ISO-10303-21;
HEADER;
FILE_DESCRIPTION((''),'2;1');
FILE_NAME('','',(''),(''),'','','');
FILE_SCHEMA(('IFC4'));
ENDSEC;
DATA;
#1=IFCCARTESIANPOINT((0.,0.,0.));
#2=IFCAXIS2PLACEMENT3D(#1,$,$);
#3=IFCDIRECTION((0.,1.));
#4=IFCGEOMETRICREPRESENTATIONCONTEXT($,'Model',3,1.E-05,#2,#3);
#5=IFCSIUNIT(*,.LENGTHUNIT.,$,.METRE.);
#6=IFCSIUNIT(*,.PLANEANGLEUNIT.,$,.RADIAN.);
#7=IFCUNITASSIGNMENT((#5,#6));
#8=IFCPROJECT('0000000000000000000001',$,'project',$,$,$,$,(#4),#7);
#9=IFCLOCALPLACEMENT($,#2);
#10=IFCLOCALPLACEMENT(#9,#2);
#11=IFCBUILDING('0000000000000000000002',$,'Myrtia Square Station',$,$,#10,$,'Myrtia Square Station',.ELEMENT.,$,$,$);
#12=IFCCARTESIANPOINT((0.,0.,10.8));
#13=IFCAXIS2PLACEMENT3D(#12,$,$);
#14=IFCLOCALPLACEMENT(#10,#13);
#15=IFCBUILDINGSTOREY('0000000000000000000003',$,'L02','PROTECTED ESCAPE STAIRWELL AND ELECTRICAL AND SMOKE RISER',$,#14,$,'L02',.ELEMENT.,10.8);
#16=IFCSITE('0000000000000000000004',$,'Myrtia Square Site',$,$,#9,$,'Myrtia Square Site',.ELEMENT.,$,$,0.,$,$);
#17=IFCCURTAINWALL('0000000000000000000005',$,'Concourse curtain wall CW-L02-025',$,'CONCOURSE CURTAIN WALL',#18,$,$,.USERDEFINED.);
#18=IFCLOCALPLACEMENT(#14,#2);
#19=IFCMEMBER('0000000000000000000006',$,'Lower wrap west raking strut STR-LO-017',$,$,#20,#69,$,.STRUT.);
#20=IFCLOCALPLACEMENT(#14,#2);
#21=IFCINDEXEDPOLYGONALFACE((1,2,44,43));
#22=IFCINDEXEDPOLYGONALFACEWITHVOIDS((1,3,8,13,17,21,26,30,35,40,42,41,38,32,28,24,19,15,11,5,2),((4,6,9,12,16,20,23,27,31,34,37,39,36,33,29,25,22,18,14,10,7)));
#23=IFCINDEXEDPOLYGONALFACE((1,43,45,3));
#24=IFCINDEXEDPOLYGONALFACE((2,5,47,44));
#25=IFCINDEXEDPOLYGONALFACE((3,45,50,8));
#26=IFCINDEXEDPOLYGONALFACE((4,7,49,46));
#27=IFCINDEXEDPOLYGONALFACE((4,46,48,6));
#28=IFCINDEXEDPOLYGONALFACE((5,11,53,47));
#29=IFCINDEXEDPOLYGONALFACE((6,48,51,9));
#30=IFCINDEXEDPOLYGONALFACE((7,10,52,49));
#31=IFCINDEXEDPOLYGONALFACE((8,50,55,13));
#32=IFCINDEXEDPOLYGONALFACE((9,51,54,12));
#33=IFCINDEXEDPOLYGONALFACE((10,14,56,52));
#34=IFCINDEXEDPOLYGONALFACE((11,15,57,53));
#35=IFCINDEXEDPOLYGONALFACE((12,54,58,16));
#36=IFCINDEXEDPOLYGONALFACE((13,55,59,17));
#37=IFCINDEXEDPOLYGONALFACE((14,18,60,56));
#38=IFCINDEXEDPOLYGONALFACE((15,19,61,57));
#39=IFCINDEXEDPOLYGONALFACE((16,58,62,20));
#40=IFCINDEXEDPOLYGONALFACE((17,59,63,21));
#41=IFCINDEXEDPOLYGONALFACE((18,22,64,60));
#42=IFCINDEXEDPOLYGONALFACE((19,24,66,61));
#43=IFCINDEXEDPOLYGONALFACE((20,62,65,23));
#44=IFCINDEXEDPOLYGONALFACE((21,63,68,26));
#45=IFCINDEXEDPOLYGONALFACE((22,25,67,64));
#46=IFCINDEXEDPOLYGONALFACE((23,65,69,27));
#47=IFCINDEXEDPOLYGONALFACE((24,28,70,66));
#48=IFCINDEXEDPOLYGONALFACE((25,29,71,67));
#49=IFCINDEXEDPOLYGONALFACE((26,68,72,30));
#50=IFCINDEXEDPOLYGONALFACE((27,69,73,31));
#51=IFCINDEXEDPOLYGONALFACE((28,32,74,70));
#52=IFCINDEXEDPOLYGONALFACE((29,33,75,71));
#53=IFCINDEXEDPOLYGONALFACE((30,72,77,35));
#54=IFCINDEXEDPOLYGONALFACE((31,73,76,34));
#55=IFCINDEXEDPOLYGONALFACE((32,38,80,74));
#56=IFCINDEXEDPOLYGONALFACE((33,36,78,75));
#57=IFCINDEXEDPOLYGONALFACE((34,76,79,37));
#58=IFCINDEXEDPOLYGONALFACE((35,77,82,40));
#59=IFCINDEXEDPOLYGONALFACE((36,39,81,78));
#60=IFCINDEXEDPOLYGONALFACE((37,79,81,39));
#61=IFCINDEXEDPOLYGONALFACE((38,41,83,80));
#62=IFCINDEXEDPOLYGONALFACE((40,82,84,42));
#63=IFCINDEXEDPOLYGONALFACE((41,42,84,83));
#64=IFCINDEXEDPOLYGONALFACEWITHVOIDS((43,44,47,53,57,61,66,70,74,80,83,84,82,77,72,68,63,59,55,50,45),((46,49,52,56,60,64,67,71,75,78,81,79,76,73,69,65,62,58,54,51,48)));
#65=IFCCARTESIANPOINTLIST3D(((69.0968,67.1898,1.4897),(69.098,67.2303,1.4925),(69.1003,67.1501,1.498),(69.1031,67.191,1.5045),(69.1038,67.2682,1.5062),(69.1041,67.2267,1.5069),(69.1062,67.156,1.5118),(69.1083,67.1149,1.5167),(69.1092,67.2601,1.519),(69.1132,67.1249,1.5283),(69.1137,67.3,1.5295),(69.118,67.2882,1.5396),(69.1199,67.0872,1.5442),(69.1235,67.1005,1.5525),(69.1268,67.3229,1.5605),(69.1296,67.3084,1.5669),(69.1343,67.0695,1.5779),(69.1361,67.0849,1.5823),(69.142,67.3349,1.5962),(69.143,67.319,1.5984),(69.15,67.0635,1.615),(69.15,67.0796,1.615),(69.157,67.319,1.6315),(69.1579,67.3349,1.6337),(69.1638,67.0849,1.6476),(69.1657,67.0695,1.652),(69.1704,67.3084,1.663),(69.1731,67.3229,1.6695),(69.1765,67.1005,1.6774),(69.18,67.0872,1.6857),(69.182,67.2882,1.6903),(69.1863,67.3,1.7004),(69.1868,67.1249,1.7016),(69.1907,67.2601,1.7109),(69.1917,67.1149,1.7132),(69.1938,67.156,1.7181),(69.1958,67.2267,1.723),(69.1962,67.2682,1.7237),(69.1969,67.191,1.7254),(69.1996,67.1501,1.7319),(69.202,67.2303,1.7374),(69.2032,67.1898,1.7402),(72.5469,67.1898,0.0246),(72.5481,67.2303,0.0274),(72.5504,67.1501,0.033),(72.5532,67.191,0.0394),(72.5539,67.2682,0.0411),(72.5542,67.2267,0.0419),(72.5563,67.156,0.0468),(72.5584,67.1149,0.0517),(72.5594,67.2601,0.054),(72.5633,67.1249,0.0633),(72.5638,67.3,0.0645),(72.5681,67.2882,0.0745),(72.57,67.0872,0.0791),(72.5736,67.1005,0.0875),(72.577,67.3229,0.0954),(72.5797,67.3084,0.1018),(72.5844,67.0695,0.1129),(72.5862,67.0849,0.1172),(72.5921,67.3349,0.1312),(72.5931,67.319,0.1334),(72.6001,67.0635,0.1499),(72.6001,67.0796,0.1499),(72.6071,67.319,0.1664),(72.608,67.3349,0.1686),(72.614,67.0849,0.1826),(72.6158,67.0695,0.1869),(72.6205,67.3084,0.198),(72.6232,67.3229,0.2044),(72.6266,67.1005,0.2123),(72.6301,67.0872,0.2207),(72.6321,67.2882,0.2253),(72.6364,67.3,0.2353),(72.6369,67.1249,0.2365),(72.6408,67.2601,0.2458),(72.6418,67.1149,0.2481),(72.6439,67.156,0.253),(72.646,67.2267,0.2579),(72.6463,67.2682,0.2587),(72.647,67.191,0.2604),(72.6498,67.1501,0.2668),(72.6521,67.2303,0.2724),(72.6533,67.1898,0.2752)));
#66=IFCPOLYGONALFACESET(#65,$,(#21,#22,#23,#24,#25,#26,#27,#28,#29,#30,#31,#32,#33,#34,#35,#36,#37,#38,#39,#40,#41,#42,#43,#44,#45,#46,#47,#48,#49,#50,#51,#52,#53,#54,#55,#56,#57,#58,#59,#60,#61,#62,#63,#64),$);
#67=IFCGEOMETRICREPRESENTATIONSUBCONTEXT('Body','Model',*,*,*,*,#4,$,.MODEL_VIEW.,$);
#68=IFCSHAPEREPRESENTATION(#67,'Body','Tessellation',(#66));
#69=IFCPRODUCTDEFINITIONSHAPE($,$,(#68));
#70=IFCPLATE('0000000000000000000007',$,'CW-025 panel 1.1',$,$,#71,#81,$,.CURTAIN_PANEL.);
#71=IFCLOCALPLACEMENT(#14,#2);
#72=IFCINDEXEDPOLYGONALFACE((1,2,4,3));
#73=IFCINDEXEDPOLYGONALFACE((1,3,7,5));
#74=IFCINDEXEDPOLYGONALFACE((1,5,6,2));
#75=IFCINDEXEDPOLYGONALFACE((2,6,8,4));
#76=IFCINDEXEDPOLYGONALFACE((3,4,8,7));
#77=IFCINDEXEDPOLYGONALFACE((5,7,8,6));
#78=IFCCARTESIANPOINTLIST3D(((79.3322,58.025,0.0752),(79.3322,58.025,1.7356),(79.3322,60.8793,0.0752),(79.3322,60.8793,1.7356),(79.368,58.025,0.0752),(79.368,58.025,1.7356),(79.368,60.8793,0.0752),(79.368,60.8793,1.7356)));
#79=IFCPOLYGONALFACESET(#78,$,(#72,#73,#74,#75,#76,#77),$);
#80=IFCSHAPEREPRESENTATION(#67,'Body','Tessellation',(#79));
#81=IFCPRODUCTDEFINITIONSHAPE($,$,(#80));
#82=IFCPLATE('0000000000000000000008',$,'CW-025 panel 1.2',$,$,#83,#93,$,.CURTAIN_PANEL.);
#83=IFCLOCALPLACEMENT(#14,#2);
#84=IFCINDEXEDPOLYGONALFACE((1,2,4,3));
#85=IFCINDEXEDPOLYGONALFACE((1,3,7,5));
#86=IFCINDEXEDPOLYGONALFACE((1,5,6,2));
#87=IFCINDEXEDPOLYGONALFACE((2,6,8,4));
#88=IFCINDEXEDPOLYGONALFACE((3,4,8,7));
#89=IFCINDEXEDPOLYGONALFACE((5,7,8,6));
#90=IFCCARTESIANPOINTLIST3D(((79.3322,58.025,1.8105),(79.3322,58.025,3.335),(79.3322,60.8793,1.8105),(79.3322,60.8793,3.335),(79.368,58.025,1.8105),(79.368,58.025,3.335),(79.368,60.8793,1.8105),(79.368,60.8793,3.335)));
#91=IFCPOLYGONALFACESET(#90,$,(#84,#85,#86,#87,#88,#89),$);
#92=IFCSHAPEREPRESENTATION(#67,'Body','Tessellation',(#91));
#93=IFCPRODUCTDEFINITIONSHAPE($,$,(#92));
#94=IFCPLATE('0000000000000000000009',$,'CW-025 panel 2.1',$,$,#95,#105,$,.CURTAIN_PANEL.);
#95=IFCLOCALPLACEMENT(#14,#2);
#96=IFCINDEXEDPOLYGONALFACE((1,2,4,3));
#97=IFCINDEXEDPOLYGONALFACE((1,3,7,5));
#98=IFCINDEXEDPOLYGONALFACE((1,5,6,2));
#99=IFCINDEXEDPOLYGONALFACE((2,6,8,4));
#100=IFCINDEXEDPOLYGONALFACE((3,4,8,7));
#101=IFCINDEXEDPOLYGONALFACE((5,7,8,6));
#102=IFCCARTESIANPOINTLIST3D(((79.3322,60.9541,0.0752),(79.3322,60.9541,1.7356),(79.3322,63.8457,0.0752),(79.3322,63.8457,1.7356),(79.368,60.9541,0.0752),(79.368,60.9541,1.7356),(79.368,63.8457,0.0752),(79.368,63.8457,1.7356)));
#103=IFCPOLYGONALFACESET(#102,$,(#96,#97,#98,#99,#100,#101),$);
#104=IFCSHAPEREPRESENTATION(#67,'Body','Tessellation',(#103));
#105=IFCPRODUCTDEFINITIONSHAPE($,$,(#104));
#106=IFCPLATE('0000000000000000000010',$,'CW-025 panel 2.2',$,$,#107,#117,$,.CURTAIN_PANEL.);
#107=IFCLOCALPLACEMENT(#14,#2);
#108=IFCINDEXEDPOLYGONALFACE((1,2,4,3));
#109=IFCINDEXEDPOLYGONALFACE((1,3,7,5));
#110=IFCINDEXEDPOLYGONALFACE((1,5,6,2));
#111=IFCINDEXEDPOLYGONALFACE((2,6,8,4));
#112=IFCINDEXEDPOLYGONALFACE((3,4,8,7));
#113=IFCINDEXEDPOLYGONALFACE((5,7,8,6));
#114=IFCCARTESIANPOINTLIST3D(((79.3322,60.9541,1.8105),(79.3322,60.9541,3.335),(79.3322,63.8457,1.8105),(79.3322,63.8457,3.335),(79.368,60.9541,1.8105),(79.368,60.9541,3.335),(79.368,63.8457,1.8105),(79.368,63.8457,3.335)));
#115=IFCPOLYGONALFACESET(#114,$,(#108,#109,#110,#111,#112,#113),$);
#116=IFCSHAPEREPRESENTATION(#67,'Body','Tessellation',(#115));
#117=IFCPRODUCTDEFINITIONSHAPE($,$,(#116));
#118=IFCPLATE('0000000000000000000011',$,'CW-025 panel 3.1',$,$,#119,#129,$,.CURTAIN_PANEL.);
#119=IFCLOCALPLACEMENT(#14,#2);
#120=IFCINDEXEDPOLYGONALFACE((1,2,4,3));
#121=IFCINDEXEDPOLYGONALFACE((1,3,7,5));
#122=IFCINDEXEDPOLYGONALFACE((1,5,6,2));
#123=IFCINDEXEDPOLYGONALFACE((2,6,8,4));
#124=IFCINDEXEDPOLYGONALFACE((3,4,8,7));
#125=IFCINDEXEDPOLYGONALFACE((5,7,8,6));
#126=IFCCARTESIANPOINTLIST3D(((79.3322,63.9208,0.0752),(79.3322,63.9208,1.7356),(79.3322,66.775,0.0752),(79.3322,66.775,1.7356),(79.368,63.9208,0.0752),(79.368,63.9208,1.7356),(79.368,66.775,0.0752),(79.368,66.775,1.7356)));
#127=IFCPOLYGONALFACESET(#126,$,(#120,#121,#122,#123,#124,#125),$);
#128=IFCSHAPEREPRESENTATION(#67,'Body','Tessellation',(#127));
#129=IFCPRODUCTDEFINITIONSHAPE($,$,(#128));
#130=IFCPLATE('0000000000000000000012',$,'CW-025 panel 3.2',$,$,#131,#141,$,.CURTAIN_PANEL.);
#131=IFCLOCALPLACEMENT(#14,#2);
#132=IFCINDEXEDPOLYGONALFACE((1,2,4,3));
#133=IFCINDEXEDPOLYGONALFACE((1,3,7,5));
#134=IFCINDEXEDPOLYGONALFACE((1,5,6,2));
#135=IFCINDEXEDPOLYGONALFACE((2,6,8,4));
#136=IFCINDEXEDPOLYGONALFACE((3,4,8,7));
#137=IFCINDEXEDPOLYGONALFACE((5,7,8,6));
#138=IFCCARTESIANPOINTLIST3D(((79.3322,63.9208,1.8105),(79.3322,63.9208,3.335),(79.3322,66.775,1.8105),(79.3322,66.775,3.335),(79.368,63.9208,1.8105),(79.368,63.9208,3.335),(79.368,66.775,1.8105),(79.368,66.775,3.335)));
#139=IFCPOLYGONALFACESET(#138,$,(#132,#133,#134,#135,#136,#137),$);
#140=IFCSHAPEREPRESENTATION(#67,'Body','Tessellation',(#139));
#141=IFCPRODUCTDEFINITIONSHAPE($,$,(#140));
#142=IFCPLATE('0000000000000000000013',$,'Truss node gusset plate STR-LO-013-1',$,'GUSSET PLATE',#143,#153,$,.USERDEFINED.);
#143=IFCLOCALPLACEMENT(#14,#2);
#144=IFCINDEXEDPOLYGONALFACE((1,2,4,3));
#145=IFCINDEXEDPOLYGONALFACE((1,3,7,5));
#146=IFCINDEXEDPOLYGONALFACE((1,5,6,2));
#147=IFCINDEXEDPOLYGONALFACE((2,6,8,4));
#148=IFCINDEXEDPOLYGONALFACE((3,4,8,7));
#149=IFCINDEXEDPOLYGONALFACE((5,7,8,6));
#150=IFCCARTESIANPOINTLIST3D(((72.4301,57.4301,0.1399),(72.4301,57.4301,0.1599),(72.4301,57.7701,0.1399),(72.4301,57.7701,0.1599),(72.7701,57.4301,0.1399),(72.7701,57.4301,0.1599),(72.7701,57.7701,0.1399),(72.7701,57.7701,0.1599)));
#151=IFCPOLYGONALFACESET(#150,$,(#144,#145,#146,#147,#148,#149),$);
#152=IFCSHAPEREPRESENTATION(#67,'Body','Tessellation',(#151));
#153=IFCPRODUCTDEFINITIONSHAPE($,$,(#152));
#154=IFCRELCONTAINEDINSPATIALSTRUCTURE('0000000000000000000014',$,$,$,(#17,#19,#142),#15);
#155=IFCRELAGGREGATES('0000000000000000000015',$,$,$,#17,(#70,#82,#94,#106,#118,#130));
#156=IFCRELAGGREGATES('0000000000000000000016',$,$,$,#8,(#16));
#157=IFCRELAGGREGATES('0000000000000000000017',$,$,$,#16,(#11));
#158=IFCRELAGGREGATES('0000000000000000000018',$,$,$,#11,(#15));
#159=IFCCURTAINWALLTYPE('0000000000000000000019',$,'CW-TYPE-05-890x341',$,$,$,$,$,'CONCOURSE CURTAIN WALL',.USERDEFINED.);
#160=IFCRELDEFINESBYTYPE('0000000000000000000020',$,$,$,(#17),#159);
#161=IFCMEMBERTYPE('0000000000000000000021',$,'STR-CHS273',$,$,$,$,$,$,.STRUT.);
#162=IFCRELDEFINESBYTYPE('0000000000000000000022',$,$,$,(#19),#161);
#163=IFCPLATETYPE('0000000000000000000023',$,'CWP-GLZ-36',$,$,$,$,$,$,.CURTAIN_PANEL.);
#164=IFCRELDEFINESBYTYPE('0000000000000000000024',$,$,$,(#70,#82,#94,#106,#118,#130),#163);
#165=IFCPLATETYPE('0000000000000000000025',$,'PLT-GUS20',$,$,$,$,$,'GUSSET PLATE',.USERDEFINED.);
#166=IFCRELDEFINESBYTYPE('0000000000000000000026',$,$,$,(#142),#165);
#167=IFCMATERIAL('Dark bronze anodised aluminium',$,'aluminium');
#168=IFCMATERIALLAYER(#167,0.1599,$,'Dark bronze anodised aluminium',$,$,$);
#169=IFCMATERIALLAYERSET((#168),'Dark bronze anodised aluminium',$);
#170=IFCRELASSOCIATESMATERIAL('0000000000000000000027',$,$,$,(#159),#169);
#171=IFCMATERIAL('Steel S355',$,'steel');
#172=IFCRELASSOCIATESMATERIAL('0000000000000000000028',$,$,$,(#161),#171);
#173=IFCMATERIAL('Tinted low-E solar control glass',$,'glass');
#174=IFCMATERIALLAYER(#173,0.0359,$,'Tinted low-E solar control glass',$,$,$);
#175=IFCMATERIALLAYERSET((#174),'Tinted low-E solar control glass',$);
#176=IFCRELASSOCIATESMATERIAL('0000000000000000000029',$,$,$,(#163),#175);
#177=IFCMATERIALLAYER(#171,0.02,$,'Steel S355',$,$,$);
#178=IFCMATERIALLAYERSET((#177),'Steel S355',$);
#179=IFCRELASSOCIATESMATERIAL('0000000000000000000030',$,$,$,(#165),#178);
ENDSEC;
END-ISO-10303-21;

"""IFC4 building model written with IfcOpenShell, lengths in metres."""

from ifc_helpers import new_model, si_unit, direction, frame, origin, origin_2d, place, context, subcontext, project, spatial, rectangle, hollow_circle, extrude, material, layer, layer_set, material_profile, profile_set, type_object, element, aggregate, save


model = new_model("IFC4")

# Units and contexts
model_context = context("Model", 3, precision=1e-05, world=origin(), true_north=direction((0.0, 1.0)))
body_context = subcontext(model_context, "Body", "Model", "MODEL_VIEW")
ifc_project = project(units=[si_unit("LENGTHUNIT", "METRE"), si_unit("PLANEANGLEUNIT", "RADIAN")], contexts=[model_context])

# Site, building, storey
site_placement = place(None, origin())
site = spatial("IfcSite", under=ifc_project, at=site_placement, Name="Myrtia Square Site", LongName="Myrtia Square Site", CompositionType="ELEMENT", RefElevation=0.0)
building_placement = place(site_placement, origin())
building = spatial("IfcBuilding", under=site, at=building_placement, Name="Myrtia Square Station", LongName="Myrtia Square Station", CompositionType="ELEMENT")
storey_placement = place(building_placement, frame((0.0, 0.0, 10.8)))
storey = spatial("IfcBuildingStorey", under=building, at=storey_placement, Name="L02", Description="PROTECTED ESCAPE STAIRWELL AND ELECTRICAL AND SMOKE RISER", LongName="L02", CompositionType="ELEMENT", Elevation=10.8)

# Shared definitions
ifc_material_1 = material(Name="Steel S355", Category="steel")

# Curtain wall
ifc_material_2 = material(Name="Dark bronze anodised aluminium", Category="aluminium")
ifc_layer_1 = layer(ifc_material_2, 0.1599, Name="Dark bronze anodised aluminium")
ifc_layer_set_1 = layer_set([ifc_layer_1], Name="Dark bronze anodised aluminium")
curtain_wall_type = type_object("IfcCurtainWallType", Name="CW-TYPE-05-890x341", ElementType="CONCOURSE CURTAIN WALL", PredefinedType="USERDEFINED", material=ifc_layer_set_1)
curtain_wall_placement = place(storey_placement, origin())
curtain_wall = element("IfcCurtainWall", 1, at=curtain_wall_placement, inside=storey, type_object=curtain_wall_type, Name="Concourse curtain wall CW-L02-025", ObjectType="CONCOURSE CURTAIN WALL", PredefinedType="USERDEFINED")

# Member
ifc_material_profile_1 = material_profile(ifc_material_1, hollow_circle(Radius=0.1365, WallThickness=0.0161, at=origin_2d()), Name="CHS 273x16")
ifc_profile_set_1 = profile_set([ifc_material_profile_1], Name="Steel S355")
member_type_1 = type_object("IfcMemberType", Name="STR-CHS273", PredefinedType="STRUT", material=ifc_profile_set_1)
for number, where, z_axis, x_axis, name in (
    (2, (72.6001, 67.2, 0.1499), (-0.92045, 0.0, 0.390859), (0.0, -1.0, 0.0), "Lower wrap west raking strut STR-LO-017"),
):
    element("IfcMember", number, at=place(storey_placement, frame(where, z_axis=z_axis, x_axis=x_axis)), inside=storey, type_object=member_type_1, Name=name, PredefinedType="STRUT", context=body_context, shape_type="SweptSolid", body=[
        extrude(hollow_circle(Radius=0.1365, WallThickness=0.0161, at=origin_2d()), origin(), (0.0, 0.0, 1.0), 3.7483),
    ])

# Plates
ifc_material_3 = material(Name="Tinted low-E solar control glass", Category="glass")
ifc_layer_2 = layer(ifc_material_3, 0.0359, Name="Tinted low-E solar control glass")
ifc_layer_set_2 = layer_set([ifc_layer_2], Name="Tinted low-E solar control glass")
plate_type_1 = type_object("IfcPlateType", Name="CWP-GLZ-36", PredefinedType="CURTAIN_PANEL", material=ifc_layer_set_2)
plate_1_placement = place(storey_placement, frame((79.3501, 59.4521, 0.0752), z_axis=(0.0, 0.0, 1.0), x_axis=(0.0, 1.0, 0.0)))
plate_1 = element("IfcPlate", 3, at=plate_1_placement, type_object=plate_type_1, Name="CW-025 panel 1.1", PredefinedType="CURTAIN_PANEL", context=body_context, shape_type="SweptSolid", body=[
    extrude(rectangle(XDim=2.8542, YDim=0.0359, at=origin_2d()), origin(), (0.0, 0.0, 1.0), 1.6604),
])
plate_2_placement = place(storey_placement, frame((79.3501, 59.4521, 1.8105), z_axis=(0.0, 0.0, 1.0), x_axis=(0.0, 1.0, 0.0)))
plate_2 = element("IfcPlate", 4, at=plate_2_placement, type_object=plate_type_1, Name="CW-025 panel 1.2", PredefinedType="CURTAIN_PANEL", context=body_context, shape_type="SweptSolid", body=[
    extrude(rectangle(XDim=2.8542, YDim=0.0359, at=origin_2d()), origin(), (0.0, 0.0, 1.0), 1.5244),
])
plate_3_placement = place(storey_placement, frame((79.3501, 62.3999, 0.0752), z_axis=(0.0, 0.0, 1.0), x_axis=(0.0, 1.0, 0.0)))
plate_3 = element("IfcPlate", 5, at=plate_3_placement, type_object=plate_type_1, Name="CW-025 panel 2.1", PredefinedType="CURTAIN_PANEL", context=body_context, shape_type="SweptSolid", body=[
    extrude(rectangle(XDim=2.8916, YDim=0.0359, at=origin_2d()), origin(), (0.0, 0.0, 1.0), 1.6604),
])
plate_4_placement = place(storey_placement, frame((79.3501, 62.3999, 1.8105), z_axis=(0.0, 0.0, 1.0), x_axis=(0.0, 1.0, 0.0)))
plate_4 = element("IfcPlate", 6, at=plate_4_placement, type_object=plate_type_1, Name="CW-025 panel 2.2", PredefinedType="CURTAIN_PANEL", context=body_context, shape_type="SweptSolid", body=[
    extrude(rectangle(XDim=2.8916, YDim=0.0359, at=origin_2d()), origin(), (0.0, 0.0, 1.0), 1.5244),
])
plate_5_placement = place(storey_placement, frame((79.3501, 65.3479, 0.0752), z_axis=(0.0, 0.0, 1.0), x_axis=(0.0, 1.0, 0.0)))
plate_5 = element("IfcPlate", 7, at=plate_5_placement, type_object=plate_type_1, Name="CW-025 panel 3.1", PredefinedType="CURTAIN_PANEL", context=body_context, shape_type="SweptSolid", body=[
    extrude(rectangle(XDim=2.8542, YDim=0.0359, at=origin_2d()), origin(), (0.0, 0.0, 1.0), 1.6604),
])
plate_6_placement = place(storey_placement, frame((79.3501, 65.3479, 1.8105), z_axis=(0.0, 0.0, 1.0), x_axis=(0.0, 1.0, 0.0)))
plate_6 = element("IfcPlate", 8, at=plate_6_placement, type_object=plate_type_1, Name="CW-025 panel 3.2", PredefinedType="CURTAIN_PANEL", context=body_context, shape_type="SweptSolid", body=[
    extrude(rectangle(XDim=2.8542, YDim=0.0359, at=origin_2d()), origin(), (0.0, 0.0, 1.0), 1.5244),
])
aggregate(curtain_wall, [plate_1, plate_2, plate_3, plate_4, plate_5, plate_6])
ifc_layer_3 = layer(ifc_material_1, 0.02, Name="Steel S355")
ifc_layer_set_3 = layer_set([ifc_layer_3], Name="Steel S355")
plate_type_2 = type_object("IfcPlateType", Name="PLT-GUS20", ElementType="GUSSET PLATE", PredefinedType="USERDEFINED", material=ifc_layer_set_3)
plate_7_placement = place(storey_placement, frame((72.6001, 57.6001, 0.1399), z_axis=(0.0, 0.0, 1.0), x_axis=(-1.0, 0.0, 0.0)))
element("IfcPlate", 9, at=plate_7_placement, inside=storey, type_object=plate_type_2, Name="Truss node gusset plate STR-LO-013-1", ObjectType="GUSSET PLATE", PredefinedType="USERDEFINED", context=body_context, shape_type="SweptSolid", body=[
    extrude(rectangle(XDim=0.3401, YDim=0.3401, at=origin_2d()), origin(), (0.0, 0.0, 1.0), 0.02),
])

save(model, "model.ifc")
